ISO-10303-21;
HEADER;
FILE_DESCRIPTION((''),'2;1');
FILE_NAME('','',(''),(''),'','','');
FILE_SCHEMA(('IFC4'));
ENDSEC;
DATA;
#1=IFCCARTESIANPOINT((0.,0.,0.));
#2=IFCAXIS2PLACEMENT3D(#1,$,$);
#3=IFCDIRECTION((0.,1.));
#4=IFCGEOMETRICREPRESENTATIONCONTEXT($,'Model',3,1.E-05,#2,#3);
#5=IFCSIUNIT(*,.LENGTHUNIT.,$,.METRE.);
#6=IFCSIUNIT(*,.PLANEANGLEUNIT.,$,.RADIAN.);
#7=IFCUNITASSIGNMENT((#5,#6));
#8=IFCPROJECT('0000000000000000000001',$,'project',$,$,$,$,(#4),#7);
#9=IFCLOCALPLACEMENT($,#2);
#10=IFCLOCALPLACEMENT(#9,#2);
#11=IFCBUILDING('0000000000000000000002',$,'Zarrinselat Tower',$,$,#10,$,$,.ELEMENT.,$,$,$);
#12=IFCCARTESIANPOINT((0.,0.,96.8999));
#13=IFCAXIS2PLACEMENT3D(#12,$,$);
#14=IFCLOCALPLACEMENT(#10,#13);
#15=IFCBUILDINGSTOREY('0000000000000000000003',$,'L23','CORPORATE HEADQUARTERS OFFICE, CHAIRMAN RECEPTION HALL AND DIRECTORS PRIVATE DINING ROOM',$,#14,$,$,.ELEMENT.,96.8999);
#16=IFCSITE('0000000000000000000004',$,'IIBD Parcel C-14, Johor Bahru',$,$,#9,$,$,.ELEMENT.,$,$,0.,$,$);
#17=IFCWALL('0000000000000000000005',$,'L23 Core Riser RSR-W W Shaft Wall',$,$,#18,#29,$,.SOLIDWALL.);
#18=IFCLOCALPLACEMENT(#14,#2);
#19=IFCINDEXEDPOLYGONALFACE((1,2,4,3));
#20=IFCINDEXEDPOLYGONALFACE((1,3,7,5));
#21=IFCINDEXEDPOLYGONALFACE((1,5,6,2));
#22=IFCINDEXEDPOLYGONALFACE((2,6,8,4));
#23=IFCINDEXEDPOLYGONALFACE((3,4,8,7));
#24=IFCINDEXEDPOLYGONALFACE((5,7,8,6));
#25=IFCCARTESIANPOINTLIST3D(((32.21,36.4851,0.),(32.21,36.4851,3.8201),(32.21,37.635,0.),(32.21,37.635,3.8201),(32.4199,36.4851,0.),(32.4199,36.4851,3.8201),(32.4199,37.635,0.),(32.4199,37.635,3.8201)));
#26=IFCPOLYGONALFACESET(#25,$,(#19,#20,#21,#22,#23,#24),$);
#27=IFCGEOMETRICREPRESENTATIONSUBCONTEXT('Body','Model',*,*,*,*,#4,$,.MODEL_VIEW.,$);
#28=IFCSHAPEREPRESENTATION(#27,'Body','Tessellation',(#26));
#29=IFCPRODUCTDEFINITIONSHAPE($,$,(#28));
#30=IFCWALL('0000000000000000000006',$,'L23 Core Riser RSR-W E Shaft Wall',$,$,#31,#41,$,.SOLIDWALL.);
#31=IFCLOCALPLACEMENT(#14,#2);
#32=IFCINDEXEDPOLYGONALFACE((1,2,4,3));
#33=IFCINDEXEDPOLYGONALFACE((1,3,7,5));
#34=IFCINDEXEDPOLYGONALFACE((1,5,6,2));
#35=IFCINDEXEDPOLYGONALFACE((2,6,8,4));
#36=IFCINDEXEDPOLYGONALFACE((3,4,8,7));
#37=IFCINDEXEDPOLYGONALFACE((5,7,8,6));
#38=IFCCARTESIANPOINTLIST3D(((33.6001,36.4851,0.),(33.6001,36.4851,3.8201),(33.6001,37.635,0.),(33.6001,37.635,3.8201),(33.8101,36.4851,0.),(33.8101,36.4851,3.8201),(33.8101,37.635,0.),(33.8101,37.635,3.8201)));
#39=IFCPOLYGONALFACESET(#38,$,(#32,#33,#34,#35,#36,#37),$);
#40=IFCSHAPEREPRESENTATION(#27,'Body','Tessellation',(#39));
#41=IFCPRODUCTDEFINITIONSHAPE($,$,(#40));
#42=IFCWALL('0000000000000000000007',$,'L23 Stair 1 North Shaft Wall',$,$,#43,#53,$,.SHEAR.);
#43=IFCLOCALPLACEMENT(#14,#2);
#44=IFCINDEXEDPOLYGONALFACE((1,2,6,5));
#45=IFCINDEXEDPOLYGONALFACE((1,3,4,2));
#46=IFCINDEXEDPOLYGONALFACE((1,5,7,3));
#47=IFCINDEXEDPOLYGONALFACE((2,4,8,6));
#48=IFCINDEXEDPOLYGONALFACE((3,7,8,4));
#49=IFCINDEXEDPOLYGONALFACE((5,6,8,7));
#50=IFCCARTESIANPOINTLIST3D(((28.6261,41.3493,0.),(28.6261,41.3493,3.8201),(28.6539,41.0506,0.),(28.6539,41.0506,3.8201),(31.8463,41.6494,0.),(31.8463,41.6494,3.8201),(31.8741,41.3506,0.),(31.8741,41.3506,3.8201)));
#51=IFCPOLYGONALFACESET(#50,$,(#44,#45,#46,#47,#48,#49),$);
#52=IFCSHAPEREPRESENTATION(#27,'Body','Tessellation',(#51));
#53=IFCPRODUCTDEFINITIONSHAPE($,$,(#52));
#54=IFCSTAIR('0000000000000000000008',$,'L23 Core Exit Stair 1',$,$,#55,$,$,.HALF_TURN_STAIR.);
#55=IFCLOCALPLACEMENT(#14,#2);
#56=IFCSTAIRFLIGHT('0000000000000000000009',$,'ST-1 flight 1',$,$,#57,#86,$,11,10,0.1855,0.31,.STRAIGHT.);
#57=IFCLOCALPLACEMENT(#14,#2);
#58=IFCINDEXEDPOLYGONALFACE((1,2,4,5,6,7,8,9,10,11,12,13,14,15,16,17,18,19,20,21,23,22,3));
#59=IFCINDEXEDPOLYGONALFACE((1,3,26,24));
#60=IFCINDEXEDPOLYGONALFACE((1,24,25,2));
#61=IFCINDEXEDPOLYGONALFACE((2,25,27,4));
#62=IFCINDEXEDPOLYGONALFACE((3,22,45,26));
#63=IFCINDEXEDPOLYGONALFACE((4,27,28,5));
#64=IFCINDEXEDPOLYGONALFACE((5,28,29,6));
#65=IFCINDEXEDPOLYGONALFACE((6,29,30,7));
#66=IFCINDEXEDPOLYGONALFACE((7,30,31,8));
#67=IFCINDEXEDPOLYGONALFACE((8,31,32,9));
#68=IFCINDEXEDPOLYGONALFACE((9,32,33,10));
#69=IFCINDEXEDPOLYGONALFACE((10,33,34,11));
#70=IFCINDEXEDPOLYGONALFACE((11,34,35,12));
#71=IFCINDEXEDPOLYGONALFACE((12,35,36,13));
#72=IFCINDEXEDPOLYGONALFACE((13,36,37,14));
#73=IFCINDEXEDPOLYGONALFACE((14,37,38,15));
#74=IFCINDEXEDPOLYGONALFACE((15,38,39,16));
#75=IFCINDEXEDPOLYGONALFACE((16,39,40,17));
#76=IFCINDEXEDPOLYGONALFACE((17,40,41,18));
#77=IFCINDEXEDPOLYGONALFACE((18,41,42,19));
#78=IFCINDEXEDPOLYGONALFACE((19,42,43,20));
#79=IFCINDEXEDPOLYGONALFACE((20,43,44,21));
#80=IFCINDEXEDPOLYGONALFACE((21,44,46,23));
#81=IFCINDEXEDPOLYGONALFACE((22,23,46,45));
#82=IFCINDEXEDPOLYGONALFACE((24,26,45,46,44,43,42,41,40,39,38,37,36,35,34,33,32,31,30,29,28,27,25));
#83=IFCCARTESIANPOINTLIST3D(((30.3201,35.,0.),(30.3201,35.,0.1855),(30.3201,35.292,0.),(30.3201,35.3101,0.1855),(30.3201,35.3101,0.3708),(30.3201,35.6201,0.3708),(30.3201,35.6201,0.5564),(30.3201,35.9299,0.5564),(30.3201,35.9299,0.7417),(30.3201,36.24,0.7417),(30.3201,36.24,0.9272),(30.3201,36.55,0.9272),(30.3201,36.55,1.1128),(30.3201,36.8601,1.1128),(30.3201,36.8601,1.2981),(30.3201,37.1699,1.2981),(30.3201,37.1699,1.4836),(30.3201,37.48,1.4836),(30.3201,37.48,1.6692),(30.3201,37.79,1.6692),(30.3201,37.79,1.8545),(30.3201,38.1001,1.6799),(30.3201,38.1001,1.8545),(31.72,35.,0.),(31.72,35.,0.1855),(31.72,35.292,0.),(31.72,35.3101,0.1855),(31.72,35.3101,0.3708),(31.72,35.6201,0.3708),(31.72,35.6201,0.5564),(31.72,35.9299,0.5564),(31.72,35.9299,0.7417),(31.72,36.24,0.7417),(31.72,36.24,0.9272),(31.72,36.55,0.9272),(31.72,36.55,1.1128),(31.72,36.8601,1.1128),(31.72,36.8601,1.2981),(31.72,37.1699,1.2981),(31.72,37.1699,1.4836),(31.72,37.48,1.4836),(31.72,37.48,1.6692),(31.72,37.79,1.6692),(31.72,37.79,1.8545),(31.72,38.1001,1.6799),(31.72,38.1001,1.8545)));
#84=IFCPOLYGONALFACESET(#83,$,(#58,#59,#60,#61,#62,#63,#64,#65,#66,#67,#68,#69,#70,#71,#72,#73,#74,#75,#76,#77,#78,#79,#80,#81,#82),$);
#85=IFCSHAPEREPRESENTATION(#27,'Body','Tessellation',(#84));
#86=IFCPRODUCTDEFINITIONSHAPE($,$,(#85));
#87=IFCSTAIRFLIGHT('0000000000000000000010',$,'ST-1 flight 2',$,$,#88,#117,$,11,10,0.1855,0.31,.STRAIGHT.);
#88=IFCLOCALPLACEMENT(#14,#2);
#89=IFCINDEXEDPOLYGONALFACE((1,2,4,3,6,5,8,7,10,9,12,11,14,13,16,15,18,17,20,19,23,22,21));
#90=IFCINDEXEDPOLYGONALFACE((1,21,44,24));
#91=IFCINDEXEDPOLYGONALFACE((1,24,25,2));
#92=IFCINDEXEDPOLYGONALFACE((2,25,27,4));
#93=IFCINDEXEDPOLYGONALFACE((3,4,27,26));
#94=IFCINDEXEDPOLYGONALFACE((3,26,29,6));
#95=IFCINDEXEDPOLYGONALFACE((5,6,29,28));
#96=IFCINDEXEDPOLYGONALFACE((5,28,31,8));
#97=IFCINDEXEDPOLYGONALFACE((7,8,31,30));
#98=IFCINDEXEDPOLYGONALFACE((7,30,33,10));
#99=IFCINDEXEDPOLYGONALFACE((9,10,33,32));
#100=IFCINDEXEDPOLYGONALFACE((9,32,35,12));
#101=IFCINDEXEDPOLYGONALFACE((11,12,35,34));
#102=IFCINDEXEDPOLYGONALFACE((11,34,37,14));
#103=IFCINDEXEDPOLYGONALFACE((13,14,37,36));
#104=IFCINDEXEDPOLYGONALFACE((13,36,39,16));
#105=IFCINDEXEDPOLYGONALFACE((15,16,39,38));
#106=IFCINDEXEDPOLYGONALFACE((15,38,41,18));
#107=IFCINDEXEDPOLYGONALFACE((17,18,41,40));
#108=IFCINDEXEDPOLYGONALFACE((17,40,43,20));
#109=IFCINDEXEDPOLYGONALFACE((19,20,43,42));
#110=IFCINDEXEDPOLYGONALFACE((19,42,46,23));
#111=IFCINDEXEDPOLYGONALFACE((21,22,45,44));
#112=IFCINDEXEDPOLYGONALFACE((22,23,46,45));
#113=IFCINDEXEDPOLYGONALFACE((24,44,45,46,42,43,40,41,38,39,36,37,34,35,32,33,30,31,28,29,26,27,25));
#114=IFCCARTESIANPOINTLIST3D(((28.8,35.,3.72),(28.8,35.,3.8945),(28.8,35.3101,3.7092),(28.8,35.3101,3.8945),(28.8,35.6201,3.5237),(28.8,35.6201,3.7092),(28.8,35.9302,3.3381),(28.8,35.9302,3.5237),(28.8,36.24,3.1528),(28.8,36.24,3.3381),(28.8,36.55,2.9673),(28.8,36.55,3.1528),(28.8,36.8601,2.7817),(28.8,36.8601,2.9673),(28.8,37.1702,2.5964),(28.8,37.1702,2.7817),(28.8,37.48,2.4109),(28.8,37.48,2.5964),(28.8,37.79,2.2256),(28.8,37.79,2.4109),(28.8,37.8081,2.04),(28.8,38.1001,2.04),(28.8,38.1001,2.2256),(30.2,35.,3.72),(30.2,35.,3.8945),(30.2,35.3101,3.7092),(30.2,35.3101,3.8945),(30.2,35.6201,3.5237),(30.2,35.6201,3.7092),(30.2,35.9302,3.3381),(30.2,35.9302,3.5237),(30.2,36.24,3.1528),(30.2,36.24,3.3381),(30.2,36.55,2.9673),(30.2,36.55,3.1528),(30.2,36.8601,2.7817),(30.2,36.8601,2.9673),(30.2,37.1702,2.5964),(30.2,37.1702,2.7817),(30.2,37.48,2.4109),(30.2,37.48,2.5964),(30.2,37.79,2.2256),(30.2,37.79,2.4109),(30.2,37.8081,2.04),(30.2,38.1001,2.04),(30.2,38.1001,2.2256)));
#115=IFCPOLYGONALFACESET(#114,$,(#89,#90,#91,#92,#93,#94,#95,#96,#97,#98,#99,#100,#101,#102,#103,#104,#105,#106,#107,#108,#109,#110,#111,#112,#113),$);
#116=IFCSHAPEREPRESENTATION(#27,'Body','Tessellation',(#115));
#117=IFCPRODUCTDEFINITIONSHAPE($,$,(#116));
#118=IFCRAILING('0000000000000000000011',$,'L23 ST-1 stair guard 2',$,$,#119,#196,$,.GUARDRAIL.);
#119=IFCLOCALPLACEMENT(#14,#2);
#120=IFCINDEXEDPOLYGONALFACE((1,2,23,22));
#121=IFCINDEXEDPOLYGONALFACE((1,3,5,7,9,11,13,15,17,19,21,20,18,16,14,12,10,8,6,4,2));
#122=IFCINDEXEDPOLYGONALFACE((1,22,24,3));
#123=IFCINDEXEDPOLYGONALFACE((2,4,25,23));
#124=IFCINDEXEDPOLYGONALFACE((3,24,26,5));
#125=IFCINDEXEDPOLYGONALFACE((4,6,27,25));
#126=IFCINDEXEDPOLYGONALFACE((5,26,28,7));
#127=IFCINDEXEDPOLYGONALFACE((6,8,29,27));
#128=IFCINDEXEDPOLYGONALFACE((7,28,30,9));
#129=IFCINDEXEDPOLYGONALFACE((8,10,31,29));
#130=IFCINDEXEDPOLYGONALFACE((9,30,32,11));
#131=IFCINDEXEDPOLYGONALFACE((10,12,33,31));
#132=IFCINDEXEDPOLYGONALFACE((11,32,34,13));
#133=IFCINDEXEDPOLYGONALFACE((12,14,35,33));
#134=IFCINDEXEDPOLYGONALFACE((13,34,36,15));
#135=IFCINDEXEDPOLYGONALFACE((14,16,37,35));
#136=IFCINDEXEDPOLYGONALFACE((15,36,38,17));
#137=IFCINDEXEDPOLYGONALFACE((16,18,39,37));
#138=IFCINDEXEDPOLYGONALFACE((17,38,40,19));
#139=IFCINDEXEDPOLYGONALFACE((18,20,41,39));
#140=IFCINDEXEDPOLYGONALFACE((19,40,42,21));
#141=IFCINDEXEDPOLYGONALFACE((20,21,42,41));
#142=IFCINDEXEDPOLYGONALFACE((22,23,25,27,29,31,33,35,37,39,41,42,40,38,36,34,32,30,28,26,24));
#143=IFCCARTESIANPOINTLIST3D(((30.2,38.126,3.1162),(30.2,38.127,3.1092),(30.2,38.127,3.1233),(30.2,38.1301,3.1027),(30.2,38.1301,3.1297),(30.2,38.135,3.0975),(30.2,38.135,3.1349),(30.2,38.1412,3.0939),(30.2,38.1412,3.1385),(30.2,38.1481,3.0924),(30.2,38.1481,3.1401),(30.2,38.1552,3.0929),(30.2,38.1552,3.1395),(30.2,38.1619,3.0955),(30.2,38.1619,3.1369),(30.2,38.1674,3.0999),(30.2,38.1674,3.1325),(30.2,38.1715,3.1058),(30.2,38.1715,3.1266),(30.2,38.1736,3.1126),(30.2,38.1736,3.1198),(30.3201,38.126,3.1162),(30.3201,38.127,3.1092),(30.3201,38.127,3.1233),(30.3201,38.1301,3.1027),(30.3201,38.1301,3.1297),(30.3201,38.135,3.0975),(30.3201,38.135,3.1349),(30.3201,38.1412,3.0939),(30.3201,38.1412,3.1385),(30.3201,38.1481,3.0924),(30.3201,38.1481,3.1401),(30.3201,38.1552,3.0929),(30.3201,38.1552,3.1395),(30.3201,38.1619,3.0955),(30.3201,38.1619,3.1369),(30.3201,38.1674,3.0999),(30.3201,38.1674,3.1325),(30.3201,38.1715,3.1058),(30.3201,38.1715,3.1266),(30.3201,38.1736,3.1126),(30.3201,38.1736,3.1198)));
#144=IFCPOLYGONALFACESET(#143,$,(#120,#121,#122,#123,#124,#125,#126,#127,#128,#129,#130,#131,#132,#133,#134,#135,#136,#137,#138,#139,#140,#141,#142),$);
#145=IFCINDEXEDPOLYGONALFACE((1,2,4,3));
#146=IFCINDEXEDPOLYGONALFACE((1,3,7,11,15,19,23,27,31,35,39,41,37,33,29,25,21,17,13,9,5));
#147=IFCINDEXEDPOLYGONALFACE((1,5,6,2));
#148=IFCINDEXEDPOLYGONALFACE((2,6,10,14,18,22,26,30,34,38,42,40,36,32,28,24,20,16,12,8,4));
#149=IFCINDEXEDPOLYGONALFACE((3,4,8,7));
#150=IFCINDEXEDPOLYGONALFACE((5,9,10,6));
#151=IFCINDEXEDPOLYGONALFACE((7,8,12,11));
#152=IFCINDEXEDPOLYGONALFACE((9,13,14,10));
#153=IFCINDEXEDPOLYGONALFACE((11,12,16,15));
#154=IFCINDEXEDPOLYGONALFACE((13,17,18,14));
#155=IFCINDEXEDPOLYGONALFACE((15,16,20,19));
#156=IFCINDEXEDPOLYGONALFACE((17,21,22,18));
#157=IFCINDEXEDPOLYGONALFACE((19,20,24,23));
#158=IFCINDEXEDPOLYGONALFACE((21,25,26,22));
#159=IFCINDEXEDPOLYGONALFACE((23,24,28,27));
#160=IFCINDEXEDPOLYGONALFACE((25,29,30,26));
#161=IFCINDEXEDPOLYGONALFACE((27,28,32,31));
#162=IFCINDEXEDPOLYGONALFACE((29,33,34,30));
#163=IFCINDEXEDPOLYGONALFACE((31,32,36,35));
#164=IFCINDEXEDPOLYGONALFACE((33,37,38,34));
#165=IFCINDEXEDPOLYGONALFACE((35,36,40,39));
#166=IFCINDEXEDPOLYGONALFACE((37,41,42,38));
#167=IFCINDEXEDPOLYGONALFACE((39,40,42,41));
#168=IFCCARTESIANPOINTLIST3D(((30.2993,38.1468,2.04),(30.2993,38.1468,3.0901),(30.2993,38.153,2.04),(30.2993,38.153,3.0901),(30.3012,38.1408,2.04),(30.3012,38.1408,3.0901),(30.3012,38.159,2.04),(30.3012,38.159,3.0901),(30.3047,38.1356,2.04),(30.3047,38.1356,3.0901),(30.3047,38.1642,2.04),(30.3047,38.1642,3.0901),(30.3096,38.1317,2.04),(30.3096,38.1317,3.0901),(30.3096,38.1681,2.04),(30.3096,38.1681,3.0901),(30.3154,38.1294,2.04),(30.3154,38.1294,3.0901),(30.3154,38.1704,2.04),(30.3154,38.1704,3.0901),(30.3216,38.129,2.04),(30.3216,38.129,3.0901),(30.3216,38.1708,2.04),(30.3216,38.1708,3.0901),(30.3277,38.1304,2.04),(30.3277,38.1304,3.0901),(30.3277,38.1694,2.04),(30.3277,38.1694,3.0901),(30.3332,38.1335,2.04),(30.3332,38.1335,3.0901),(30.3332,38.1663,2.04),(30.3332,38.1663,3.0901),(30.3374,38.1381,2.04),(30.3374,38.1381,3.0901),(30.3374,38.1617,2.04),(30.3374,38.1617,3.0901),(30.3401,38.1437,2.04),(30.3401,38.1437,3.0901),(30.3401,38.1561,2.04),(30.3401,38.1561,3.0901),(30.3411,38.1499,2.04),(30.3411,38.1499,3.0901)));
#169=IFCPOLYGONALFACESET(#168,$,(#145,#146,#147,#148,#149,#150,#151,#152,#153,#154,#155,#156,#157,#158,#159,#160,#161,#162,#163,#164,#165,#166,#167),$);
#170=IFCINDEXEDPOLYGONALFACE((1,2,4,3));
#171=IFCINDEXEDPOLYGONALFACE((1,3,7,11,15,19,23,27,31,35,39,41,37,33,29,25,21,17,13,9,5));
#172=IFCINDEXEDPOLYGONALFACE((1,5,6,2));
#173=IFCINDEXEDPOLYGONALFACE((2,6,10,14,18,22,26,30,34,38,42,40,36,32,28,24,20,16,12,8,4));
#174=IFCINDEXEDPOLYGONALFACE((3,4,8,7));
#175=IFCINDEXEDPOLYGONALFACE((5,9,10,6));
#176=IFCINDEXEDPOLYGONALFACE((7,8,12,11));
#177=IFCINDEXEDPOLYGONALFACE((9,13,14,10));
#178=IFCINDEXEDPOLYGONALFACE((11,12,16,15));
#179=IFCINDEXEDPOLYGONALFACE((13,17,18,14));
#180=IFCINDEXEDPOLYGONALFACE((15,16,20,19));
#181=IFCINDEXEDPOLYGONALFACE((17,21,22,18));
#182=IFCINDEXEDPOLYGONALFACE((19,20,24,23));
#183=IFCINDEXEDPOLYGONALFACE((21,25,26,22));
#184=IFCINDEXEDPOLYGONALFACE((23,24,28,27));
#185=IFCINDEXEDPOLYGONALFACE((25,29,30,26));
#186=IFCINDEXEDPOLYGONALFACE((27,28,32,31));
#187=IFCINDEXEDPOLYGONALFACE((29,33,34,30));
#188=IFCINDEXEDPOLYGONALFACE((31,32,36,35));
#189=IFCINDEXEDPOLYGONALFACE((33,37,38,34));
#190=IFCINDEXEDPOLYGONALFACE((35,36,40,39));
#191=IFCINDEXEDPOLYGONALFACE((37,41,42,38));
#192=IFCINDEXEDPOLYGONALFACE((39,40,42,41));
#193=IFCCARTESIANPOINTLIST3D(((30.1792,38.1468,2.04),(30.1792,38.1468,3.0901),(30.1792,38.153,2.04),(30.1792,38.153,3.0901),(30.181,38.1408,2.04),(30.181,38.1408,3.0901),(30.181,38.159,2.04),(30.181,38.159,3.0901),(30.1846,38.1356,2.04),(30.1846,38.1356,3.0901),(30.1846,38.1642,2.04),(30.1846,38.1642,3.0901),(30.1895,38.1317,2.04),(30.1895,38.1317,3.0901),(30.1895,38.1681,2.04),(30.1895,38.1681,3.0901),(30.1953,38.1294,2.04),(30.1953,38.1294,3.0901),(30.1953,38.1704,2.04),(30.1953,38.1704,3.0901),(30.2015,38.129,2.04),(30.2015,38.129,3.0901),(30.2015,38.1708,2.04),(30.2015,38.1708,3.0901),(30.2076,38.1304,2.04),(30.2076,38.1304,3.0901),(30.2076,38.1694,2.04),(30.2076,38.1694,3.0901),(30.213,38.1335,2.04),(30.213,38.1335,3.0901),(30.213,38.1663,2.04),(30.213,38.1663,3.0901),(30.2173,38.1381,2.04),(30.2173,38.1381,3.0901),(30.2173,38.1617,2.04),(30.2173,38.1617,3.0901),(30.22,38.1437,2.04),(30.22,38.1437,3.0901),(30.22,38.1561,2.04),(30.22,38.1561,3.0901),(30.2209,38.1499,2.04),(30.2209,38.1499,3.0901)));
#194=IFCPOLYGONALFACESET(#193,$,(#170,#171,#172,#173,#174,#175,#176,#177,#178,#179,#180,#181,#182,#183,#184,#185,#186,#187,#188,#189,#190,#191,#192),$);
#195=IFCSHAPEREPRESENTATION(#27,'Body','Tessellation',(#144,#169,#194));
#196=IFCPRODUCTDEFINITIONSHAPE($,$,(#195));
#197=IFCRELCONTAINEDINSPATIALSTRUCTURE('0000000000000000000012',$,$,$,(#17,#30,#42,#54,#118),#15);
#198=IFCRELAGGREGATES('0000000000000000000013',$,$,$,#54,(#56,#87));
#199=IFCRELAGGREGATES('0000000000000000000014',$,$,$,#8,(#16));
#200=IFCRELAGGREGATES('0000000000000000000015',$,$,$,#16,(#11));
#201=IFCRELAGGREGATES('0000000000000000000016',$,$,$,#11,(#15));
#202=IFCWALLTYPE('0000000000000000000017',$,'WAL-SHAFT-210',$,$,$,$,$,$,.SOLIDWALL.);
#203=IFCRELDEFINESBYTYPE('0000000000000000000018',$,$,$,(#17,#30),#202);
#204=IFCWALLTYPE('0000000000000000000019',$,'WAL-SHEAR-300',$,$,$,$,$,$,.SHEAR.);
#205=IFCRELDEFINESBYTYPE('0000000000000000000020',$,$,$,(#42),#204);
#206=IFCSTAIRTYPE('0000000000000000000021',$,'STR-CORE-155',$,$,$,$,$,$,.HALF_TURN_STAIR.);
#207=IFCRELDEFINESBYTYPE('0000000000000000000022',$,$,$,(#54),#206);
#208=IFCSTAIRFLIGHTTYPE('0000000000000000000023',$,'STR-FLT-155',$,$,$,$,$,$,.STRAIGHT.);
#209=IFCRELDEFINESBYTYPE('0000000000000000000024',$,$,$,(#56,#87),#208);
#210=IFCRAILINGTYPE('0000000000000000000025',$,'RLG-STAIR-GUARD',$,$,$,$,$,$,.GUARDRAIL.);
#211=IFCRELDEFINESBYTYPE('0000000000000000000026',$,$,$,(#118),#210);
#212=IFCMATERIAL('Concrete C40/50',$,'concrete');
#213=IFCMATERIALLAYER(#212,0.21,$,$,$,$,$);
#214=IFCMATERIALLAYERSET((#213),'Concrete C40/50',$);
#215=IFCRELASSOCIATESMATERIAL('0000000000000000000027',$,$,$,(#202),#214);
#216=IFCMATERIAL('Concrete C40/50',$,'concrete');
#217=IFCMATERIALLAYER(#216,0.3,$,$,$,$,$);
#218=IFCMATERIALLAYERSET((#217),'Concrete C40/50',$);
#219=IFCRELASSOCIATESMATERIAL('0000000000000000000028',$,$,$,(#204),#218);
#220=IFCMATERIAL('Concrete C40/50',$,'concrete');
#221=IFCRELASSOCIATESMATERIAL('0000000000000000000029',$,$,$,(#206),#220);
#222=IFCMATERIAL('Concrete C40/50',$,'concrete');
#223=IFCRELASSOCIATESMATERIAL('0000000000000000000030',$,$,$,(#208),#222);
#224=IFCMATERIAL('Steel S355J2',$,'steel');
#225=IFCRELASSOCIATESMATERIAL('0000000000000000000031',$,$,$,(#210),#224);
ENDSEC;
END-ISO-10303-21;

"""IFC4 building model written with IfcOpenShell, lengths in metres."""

from ifc_helpers import new_model, si_unit, direction, frame, frame_2d, origin, origin_2d, place, context, subcontext, project, spatial, polyline, rectangle, circle, outline, extrude, material, layer, layer_set, type_object, element, aggregate, save


model = new_model("IFC4")

# Units and contexts
model_context = context("Model", 3, precision=1e-05, world=origin(), true_north=direction((0.0, 1.0)))
body_context = subcontext(model_context, "Body", "Model", "MODEL_VIEW")
ifc_project = project(units=[si_unit("LENGTHUNIT", "METRE"), si_unit("PLANEANGLEUNIT", "RADIAN")], contexts=[model_context])

# Site, building, storey
site_placement = place(None, origin())
site = spatial("IfcSite", under=ifc_project, at=site_placement, Name="IIBD Parcel C-14, Johor Bahru", CompositionType="ELEMENT", RefElevation=0.0)
building_placement = place(site_placement, origin())
building = spatial("IfcBuilding", under=site, at=building_placement, Name="Zarrinselat Tower", CompositionType="ELEMENT")
storey_placement = place(building_placement, frame((0.0, 0.0, 96.8999)))
storey = spatial("IfcBuildingStorey", under=building, at=storey_placement, Name="L23", Description="CORPORATE HEADQUARTERS OFFICE, CHAIRMAN RECEPTION HALL AND DIRECTORS PRIVATE DINING ROOM", CompositionType="ELEMENT", Elevation=96.8999)

# Shared definitions
ifc_material_1 = material(Name="Concrete C40/50", Category="concrete")
ifc_layer_1 = layer(ifc_material_1, 0.21)
ifc_layer_set_1 = layer_set([ifc_layer_1], Name="Concrete C40/50")
wall_type_1 = type_object("IfcWallType", Name="WAL-SHAFT-210", PredefinedType="SOLIDWALL", material=ifc_layer_set_1)

# Walls
for number, where, z_axis, x_axis, name in (
    (1, (32.3149, 36.4851, 0.0), (0.0, 0.0, 1.0), (0.0, 1.0, 0.0), "L23 Core Riser RSR-W W Shaft Wall"),
    (2, (33.7051, 36.4851, 0.0), (0.0, 0.0, 1.0), (0.0, 1.0, 0.0), "L23 Core Riser RSR-W E Shaft Wall"),
):
    element("IfcWall", number, at=place(storey_placement, frame(where, z_axis=z_axis, x_axis=x_axis)), inside=storey, type_object=wall_type_1, Name=name, PredefinedType="SOLIDWALL", context=body_context, shape_type="SweptSolid", body=[
        extrude(rectangle(XDim=1.1499, YDim=0.21, at=frame_2d((0.575, 0.0))), origin(), (0.0, 0.0, 1.0), 3.8201),
    ])
ifc_material_2 = material(Name="Concrete C40/50", Category="concrete")
ifc_layer_2 = layer(ifc_material_2, 0.3)
ifc_layer_set_2 = layer_set([ifc_layer_2], Name="Concrete C40/50")
wall_type_2 = type_object("IfcWallType", Name="WAL-SHEAR-300", PredefinedType="SHEAR", material=ifc_layer_set_2)
wall_1_placement = place(storey_placement, frame((28.6399, 41.2, 0.0), z_axis=(0.0, 0.0, 1.0), x_axis=(0.995687, 0.092775, 0.0)))
element("IfcWall", 3, at=wall_1_placement, inside=storey, type_object=wall_type_2, Name="L23 Stair 1 North Shaft Wall", PredefinedType="SHEAR", context=body_context, shape_type="SweptSolid", body=[
    extrude(rectangle(XDim=3.2341, YDim=0.3, at=frame_2d((1.6172, 0.0))), origin(), (0.0, 0.0, 1.0), 3.8201),
])

# Stair, stair flights
ifc_material_3 = material(Name="Concrete C40/50", Category="concrete")
stair_type = type_object("IfcStairType", Name="STR-CORE-155", PredefinedType="HALF_TURN_STAIR", material=ifc_material_3)
stair_placement = place(storey_placement, origin())
stair = element("IfcStair", 4, at=stair_placement, inside=storey, type_object=stair_type, Name="L23 Core Exit Stair 1", PredefinedType="HALF_TURN_STAIR")
ifc_material_4 = material(Name="Concrete C40/50", Category="concrete")
stair_flight_type = type_object("IfcStairFlightType", Name="STR-FLT-155", PredefinedType="STRAIGHT", material=ifc_material_4)
stair_flight_1_placement = place(storey_placement, frame((31.02, 35.0, 0.0), z_axis=(0.0, 0.0, 1.0), x_axis=(0.0, 1.0, 0.0)))
stair_flight_1 = element("IfcStairFlight", 5, at=stair_flight_1_placement, type_object=stair_flight_type, Name="ST-1 flight 1", NumberOfRisers=11, NumberOfTreads=10, PredefinedType="STRAIGHT", RiserHeight=0.1855, TreadLength=0.31, context=body_context, shape_type="SweptSolid", body=[
    extrude(outline(polyline([(0.0, 0.0), (0.0, 0.1855), (0.3101, 0.1855), (0.3101, 0.3708), (0.6201, 0.3708), (0.6201, 0.5564), (0.9299, 0.5564), (0.9299, 0.7417), (1.24, 0.7417), (1.24, 0.9272), (1.55, 0.9272), (1.55, 1.1128), (1.8601, 1.1128), (1.8601, 1.2981), (2.1699, 1.2981), (2.1699, 1.4836), (2.48, 1.4836), (2.48, 1.6692), (2.79, 1.6692), (2.79, 1.8545), (3.1001, 1.8545), (3.1001, 2.04), (3.1001, 1.6799), (0.292, 0.0), (0.0, 0.0)])), frame((0.0, 0.7, 0.0), z_axis=(0.0, -1.0, 0.0), x_axis=(1.0, 0.0, 0.0)), (0.0, 0.0, 1.0), 1.3999),
])
stair_flight_2_placement = place(storey_placement, frame((29.5, 38.1001, 2.04), z_axis=(0.0, 0.0, 1.0), x_axis=(0.0, -1.0, 0.0)))
stair_flight_2 = element("IfcStairFlight", 6, at=stair_flight_2_placement, type_object=stair_flight_type, Name="ST-1 flight 2", NumberOfRisers=11, NumberOfTreads=10, PredefinedType="STRAIGHT", RiserHeight=0.1855, TreadLength=0.31, context=body_context, shape_type="SweptSolid", body=[
    extrude(outline(polyline([(0.0, 0.0), (0.0, 0.1855), (0.3101, 0.1855), (0.3101, 0.3708), (0.6201, 0.3708), (0.6201, 0.5564), (0.9299, 0.5564), (0.9299, 0.7417), (1.24, 0.7417), (1.24, 0.9272), (1.55, 0.9272), (1.55, 1.1128), (1.8601, 1.1128), (1.8601, 1.2981), (2.1699, 1.2981), (2.1699, 1.4836), (2.48, 1.4836), (2.48, 1.6692), (2.79, 1.6692), (2.79, 1.8545), (3.1001, 1.8545), (3.1001, 2.04), (3.1001, 1.6799), (0.292, 0.0), (0.0, 0.0)])), frame((0.0, 0.7, 0.0), z_axis=(0.0, -1.0, 0.0), x_axis=(1.0, 0.0, 0.0)), (0.0, 0.0, 1.0), 1.3999),
])
aggregate(stair, [stair_flight_1, stair_flight_2])

# Railing
ifc_material_5 = material(Name="Steel S355J2", Category="steel")
railing_type_1 = type_object("IfcRailingType", Name="RLG-STAIR-GUARD", PredefinedType="GUARDRAIL", material=ifc_material_5)
railing_1_placement = place(storey_placement, frame((30.3201, 38.1499, 2.04)))
element("IfcRailing", 7, at=railing_1_placement, inside=storey, type_object=railing_type_1, Name="L23 ST-1 stair guard 2", PredefinedType="GUARDRAIL", context=body_context, shape_type="SweptSolid", body=[
    extrude(circle(Radius=0.0239, at=origin_2d()), frame((0.0, 0.0, 1.0762), z_axis=(-1.0, 0.0, 0.0), x_axis=(0.0, -1.0, 0.0)), (0.0, 0.0, 1.0), 0.1201),
    extrude(circle(Radius=0.021, at=origin_2d()), origin(), (0.0, 0.0, 1.0), 1.05),
    extrude(circle(Radius=0.021, at=origin_2d()), frame((-0.1201, 0.0, 0.0)), (0.0, 0.0, 1.0), 1.05),
])

save(model, "model.ifc")
